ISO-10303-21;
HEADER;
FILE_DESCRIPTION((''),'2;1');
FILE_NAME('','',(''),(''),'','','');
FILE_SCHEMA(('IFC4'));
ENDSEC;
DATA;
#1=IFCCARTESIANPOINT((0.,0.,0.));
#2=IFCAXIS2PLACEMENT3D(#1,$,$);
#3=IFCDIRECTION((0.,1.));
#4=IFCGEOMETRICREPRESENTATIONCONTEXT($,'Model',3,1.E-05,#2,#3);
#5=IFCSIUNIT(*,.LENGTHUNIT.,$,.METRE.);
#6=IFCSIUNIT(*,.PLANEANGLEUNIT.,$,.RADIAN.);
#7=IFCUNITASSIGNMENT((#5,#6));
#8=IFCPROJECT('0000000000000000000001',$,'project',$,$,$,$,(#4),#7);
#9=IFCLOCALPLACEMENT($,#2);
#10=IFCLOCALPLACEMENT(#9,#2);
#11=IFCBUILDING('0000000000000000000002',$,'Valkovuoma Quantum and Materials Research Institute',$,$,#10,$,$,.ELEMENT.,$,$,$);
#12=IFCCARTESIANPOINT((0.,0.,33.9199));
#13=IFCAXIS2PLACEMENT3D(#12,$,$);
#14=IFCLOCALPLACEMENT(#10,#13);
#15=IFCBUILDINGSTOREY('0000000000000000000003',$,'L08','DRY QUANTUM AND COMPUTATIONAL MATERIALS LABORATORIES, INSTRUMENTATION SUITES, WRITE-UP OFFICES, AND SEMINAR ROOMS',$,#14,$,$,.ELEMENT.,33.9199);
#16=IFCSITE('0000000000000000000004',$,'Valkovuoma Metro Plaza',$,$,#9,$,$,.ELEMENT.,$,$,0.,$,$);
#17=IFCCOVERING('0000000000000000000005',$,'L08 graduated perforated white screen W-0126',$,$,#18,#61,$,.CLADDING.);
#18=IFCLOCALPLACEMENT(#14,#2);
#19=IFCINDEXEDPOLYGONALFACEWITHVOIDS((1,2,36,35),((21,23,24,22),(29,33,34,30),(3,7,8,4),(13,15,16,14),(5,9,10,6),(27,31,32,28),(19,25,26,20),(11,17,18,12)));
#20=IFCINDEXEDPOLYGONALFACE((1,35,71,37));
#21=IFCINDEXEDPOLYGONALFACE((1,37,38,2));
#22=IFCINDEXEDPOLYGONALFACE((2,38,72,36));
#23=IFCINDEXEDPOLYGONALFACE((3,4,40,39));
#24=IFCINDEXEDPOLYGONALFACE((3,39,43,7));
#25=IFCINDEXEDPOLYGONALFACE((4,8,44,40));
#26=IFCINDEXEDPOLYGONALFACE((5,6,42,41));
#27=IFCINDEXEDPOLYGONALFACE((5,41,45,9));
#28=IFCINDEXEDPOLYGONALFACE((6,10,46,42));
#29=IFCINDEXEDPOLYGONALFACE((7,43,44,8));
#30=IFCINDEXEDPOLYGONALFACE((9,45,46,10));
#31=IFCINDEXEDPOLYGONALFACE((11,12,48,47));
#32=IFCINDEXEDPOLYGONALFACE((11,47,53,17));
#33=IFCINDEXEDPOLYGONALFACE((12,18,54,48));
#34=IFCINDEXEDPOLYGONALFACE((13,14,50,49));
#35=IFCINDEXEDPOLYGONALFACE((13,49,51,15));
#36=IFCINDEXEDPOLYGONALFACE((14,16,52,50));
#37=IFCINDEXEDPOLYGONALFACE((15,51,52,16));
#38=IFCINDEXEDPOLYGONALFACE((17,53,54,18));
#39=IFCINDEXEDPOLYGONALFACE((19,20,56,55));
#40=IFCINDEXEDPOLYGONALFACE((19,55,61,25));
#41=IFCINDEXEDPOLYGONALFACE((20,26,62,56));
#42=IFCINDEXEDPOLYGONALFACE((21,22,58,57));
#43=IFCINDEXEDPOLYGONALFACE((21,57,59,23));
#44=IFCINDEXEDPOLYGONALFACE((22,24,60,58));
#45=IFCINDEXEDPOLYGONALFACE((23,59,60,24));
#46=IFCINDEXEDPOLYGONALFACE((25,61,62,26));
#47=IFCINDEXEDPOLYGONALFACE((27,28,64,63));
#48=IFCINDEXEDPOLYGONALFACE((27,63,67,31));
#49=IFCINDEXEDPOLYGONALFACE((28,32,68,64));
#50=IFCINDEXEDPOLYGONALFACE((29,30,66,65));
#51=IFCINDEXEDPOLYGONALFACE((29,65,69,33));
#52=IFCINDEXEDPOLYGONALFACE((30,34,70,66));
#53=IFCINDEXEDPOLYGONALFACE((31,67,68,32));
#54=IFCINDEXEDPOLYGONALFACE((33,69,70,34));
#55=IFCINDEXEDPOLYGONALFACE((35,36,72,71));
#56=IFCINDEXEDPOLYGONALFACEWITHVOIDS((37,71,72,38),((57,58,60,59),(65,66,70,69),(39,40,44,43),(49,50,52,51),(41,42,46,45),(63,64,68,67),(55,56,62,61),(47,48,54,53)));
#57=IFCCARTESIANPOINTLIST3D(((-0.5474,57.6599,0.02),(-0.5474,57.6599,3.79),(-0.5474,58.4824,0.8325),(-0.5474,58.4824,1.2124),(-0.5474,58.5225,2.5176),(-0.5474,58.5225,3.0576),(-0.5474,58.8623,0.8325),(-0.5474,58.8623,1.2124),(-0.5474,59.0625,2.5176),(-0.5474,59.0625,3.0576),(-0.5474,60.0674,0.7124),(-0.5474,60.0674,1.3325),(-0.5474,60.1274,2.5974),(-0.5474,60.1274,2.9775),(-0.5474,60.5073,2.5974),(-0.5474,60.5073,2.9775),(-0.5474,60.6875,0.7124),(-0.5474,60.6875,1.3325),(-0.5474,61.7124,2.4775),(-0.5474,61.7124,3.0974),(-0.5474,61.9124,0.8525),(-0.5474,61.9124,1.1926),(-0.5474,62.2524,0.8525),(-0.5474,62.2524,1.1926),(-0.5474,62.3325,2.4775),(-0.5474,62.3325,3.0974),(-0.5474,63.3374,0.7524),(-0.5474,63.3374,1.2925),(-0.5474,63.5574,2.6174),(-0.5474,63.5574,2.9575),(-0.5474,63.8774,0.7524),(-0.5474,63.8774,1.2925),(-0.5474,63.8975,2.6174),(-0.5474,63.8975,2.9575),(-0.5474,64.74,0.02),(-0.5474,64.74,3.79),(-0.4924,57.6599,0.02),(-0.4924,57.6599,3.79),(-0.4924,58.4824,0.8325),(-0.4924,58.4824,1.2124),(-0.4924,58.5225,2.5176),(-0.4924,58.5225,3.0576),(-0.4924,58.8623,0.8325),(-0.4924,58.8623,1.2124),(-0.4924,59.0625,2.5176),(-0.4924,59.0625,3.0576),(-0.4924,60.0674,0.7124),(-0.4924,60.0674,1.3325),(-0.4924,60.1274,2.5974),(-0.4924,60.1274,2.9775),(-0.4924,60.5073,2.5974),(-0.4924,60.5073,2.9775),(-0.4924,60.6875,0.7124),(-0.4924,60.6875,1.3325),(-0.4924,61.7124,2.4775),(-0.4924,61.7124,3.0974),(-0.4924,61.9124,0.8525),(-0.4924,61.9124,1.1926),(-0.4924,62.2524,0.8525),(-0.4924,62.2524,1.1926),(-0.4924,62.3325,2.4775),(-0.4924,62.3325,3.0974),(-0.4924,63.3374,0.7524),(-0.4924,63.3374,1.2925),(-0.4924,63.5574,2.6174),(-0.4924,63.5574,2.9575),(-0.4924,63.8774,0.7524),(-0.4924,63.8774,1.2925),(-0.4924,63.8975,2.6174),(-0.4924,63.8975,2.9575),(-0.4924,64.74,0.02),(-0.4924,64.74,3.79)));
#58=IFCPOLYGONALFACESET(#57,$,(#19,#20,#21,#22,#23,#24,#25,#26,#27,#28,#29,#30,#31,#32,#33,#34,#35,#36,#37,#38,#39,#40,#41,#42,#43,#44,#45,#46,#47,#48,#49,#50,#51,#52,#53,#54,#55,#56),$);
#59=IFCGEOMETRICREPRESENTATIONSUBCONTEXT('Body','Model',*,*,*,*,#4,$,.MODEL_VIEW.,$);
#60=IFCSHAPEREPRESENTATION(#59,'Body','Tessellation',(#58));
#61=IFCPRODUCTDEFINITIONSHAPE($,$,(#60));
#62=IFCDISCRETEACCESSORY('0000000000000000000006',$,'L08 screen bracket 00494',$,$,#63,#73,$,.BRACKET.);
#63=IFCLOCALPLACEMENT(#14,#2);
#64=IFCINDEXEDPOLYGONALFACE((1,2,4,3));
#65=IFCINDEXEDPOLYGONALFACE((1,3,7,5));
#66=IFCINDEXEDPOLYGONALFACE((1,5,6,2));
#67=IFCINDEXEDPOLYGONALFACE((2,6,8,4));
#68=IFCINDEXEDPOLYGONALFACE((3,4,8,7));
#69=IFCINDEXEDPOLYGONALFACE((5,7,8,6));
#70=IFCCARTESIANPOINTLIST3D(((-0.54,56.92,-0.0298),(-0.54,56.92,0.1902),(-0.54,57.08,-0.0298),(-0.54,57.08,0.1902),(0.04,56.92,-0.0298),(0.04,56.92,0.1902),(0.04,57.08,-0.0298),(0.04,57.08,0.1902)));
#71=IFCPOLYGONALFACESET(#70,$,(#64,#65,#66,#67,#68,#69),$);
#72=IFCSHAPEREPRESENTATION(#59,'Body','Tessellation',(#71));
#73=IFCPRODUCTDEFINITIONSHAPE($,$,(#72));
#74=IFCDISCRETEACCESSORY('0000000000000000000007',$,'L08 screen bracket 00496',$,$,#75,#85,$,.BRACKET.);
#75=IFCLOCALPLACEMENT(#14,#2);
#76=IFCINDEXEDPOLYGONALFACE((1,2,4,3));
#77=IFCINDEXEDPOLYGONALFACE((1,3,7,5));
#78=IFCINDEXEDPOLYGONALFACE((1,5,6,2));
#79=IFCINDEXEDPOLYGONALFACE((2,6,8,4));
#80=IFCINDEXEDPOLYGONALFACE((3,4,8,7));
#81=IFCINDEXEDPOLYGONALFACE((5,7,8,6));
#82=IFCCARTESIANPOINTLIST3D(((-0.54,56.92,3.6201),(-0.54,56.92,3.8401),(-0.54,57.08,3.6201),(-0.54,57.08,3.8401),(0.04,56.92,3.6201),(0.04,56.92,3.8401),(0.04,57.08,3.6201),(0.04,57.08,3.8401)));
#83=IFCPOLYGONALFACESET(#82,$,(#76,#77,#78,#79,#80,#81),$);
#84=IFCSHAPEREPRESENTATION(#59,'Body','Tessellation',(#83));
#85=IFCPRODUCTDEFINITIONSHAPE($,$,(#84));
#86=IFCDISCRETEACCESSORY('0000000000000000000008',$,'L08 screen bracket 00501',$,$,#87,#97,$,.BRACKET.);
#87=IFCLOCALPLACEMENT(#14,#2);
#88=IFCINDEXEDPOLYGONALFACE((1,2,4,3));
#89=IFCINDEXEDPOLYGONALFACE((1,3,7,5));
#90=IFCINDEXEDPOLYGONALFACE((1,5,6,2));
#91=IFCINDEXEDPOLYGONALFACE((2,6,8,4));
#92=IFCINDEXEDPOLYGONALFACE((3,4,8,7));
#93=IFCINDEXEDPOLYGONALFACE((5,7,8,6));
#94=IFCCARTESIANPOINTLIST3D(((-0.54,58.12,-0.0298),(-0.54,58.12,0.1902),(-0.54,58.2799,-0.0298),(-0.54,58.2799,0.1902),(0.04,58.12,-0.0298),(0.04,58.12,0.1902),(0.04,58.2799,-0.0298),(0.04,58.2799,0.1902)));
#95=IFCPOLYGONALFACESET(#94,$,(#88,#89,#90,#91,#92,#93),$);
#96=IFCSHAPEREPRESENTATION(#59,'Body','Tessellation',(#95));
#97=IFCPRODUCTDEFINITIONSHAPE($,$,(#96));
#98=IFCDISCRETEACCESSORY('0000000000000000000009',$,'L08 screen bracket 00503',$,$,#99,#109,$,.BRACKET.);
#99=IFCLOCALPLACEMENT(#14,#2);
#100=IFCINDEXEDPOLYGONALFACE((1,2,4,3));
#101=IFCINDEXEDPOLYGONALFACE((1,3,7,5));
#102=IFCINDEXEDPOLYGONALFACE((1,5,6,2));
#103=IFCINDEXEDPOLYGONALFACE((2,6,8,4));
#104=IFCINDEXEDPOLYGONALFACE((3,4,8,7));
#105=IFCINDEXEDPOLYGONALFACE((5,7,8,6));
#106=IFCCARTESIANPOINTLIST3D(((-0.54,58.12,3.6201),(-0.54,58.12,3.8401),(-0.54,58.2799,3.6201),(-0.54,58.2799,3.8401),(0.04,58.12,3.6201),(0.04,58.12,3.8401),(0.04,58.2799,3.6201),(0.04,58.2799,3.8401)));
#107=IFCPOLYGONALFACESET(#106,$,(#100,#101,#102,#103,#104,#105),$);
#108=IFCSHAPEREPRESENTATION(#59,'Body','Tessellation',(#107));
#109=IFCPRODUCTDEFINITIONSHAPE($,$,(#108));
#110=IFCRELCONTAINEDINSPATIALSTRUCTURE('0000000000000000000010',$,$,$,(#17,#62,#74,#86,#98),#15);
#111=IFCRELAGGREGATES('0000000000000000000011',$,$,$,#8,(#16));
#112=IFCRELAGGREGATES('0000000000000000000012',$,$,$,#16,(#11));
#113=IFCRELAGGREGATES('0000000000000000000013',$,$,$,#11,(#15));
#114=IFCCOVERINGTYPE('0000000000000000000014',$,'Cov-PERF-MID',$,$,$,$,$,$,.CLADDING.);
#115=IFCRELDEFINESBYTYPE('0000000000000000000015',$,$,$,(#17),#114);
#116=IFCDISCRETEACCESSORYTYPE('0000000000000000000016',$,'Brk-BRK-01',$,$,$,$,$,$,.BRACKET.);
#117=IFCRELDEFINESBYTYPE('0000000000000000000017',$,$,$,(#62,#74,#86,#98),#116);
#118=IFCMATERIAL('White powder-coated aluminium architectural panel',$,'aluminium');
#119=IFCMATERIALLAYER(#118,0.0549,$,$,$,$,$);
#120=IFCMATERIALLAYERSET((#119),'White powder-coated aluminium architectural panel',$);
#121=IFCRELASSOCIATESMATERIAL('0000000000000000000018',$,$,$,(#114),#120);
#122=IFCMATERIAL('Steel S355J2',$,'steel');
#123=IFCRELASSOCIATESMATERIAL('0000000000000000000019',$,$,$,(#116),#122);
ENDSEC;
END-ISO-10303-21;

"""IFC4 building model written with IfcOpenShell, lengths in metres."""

from ifc_helpers import new_model, si_unit, direction, frame, origin, origin_2d, place, context, subcontext, project, spatial, polyline, rectangle, outline, extrude, material, layer, layer_set, type_object, element, save


model = new_model("IFC4")

# Units and contexts
model_context = context("Model", 3, precision=1e-05, world=origin(), true_north=direction((0.0, 1.0)))
body_context = subcontext(model_context, "Body", "Model", "MODEL_VIEW")
ifc_project = project(units=[si_unit("LENGTHUNIT", "METRE"), si_unit("PLANEANGLEUNIT", "RADIAN")], contexts=[model_context])

# Site, building, storey
site_placement = place(None, origin())
site = spatial("IfcSite", under=ifc_project, at=site_placement, Name="Valkovuoma Metro Plaza", CompositionType="ELEMENT", RefElevation=0.0)
building_placement = place(site_placement, origin())
building = spatial("IfcBuilding", under=site, at=building_placement, Name="Valkovuoma Quantum and Materials Research Institute", CompositionType="ELEMENT")
storey_placement = place(building_placement, frame((0.0, 0.0, 33.9199)))
storey = spatial("IfcBuildingStorey", under=building, at=storey_placement, Name="L08", Description="DRY QUANTUM AND COMPUTATIONAL MATERIALS LABORATORIES, INSTRUMENTATION SUITES, WRITE-UP OFFICES, AND SEMINAR ROOMS", CompositionType="ELEMENT", Elevation=33.9199)

# Covering
ifc_material_1 = material(Name="White powder-coated aluminium architectural panel", Category="aluminium")
ifc_layer_1 = layer(ifc_material_1, 0.0549)
ifc_layer_set_1 = layer_set([ifc_layer_1], Name="White powder-coated aluminium architectural panel")
covering_type = type_object("IfcCoveringType", Name="Cov-PERF-MID", PredefinedType="CLADDING", material=ifc_layer_set_1)
covering_placement = place(storey_placement, frame((-0.52, 57.6599, 0.02), z_axis=(0.0, 0.0, 1.0), x_axis=(0.0, 1.0, 0.0)))
element("IfcCovering", 1, at=covering_placement, inside=storey, type_object=covering_type, Name="L08 graduated perforated white screen W-0126", PredefinedType="CLADDING", context=body_context, shape_type="SweptSolid", body=[
    extrude(outline(polyline([(0.0, 0.0), (7.0801, 0.0), (7.0801, 3.77), (0.0, 3.77), (0.0, 0.0)]), holes=[polyline([(0.8225, 0.8125), (0.8225, 1.1924), (1.2024, 1.1924), (1.2024, 0.8125), (0.8225, 0.8125)]), polyline([(0.8625, 2.4976), (0.8625, 3.0376), (1.4026, 3.0376), (1.4026, 2.4976), (0.8625, 2.4976)]), polyline([(2.4075, 0.6924), (2.4075, 1.3125), (3.0276, 1.3125), (3.0276, 0.6924), (2.4075, 0.6924)]), polyline([(2.4675, 2.5774), (2.4675, 2.9575), (2.8474, 2.9575), (2.8474, 2.5774), (2.4675, 2.5774)]), polyline([(4.2524, 0.8325), (4.2524, 1.1726), (4.5925, 1.1726), (4.5925, 0.8325), (4.2524, 0.8325)]), polyline([(4.0525, 2.4575), (4.0525, 3.0774), (4.6726, 3.0774), (4.6726, 2.4575), (4.0525, 2.4575)]), polyline([(5.6775, 0.7324), (5.6775, 1.2725), (6.2175, 1.2725), (6.2175, 0.7324), (5.6775, 0.7324)]), polyline([(5.8975, 2.5974), (5.8975, 2.9375), (6.2375, 2.9375), (6.2375, 2.5974), (5.8975, 2.5974)])]), frame((0.0, 0.0273, 0.0), z_axis=(0.0, -1.0, 0.0), x_axis=(1.0, 0.0, 0.0)), (0.0, 0.0, 1.0), 0.0549),
])

# Discrete accessories
ifc_material_2 = material(Name="Steel S355J2", Category="steel")
discrete_accessory_type = type_object("IfcDiscreteAccessoryType", Name="Brk-BRK-01", PredefinedType="BRACKET", material=ifc_material_2)
for number, where, z_axis, x_axis, name in (
    (2, (-0.25, 57.0, -0.0298), (0.0, 0.0, 1.0), (1.0, 0.0, 0.0), "L08 screen bracket 00494"),
    (3, (-0.25, 57.0, 3.6201), (0.0, 0.0, 1.0), (1.0, 0.0, 0.0), "L08 screen bracket 00496"),
    (4, (-0.25, 58.2, -0.0298), (0.0, 0.0, 1.0), (1.0, 0.0, 0.0), "L08 screen bracket 00501"),
    (5, (-0.25, 58.2, 3.6201), (0.0, 0.0, 1.0), (1.0, 0.0, 0.0), "L08 screen bracket 00503"),
):
    element("IfcDiscreteAccessory", number, at=place(storey_placement, frame(where, z_axis=z_axis, x_axis=x_axis)), inside=storey, type_object=discrete_accessory_type, Name=name, PredefinedType="BRACKET", context=body_context, shape_type="SweptSolid", body=[
        extrude(rectangle(XDim=0.5801, YDim=0.1599, at=origin_2d()), origin(), (0.0, 0.0, 1.0), 0.22),
    ])

save(model, "model.ifc")
